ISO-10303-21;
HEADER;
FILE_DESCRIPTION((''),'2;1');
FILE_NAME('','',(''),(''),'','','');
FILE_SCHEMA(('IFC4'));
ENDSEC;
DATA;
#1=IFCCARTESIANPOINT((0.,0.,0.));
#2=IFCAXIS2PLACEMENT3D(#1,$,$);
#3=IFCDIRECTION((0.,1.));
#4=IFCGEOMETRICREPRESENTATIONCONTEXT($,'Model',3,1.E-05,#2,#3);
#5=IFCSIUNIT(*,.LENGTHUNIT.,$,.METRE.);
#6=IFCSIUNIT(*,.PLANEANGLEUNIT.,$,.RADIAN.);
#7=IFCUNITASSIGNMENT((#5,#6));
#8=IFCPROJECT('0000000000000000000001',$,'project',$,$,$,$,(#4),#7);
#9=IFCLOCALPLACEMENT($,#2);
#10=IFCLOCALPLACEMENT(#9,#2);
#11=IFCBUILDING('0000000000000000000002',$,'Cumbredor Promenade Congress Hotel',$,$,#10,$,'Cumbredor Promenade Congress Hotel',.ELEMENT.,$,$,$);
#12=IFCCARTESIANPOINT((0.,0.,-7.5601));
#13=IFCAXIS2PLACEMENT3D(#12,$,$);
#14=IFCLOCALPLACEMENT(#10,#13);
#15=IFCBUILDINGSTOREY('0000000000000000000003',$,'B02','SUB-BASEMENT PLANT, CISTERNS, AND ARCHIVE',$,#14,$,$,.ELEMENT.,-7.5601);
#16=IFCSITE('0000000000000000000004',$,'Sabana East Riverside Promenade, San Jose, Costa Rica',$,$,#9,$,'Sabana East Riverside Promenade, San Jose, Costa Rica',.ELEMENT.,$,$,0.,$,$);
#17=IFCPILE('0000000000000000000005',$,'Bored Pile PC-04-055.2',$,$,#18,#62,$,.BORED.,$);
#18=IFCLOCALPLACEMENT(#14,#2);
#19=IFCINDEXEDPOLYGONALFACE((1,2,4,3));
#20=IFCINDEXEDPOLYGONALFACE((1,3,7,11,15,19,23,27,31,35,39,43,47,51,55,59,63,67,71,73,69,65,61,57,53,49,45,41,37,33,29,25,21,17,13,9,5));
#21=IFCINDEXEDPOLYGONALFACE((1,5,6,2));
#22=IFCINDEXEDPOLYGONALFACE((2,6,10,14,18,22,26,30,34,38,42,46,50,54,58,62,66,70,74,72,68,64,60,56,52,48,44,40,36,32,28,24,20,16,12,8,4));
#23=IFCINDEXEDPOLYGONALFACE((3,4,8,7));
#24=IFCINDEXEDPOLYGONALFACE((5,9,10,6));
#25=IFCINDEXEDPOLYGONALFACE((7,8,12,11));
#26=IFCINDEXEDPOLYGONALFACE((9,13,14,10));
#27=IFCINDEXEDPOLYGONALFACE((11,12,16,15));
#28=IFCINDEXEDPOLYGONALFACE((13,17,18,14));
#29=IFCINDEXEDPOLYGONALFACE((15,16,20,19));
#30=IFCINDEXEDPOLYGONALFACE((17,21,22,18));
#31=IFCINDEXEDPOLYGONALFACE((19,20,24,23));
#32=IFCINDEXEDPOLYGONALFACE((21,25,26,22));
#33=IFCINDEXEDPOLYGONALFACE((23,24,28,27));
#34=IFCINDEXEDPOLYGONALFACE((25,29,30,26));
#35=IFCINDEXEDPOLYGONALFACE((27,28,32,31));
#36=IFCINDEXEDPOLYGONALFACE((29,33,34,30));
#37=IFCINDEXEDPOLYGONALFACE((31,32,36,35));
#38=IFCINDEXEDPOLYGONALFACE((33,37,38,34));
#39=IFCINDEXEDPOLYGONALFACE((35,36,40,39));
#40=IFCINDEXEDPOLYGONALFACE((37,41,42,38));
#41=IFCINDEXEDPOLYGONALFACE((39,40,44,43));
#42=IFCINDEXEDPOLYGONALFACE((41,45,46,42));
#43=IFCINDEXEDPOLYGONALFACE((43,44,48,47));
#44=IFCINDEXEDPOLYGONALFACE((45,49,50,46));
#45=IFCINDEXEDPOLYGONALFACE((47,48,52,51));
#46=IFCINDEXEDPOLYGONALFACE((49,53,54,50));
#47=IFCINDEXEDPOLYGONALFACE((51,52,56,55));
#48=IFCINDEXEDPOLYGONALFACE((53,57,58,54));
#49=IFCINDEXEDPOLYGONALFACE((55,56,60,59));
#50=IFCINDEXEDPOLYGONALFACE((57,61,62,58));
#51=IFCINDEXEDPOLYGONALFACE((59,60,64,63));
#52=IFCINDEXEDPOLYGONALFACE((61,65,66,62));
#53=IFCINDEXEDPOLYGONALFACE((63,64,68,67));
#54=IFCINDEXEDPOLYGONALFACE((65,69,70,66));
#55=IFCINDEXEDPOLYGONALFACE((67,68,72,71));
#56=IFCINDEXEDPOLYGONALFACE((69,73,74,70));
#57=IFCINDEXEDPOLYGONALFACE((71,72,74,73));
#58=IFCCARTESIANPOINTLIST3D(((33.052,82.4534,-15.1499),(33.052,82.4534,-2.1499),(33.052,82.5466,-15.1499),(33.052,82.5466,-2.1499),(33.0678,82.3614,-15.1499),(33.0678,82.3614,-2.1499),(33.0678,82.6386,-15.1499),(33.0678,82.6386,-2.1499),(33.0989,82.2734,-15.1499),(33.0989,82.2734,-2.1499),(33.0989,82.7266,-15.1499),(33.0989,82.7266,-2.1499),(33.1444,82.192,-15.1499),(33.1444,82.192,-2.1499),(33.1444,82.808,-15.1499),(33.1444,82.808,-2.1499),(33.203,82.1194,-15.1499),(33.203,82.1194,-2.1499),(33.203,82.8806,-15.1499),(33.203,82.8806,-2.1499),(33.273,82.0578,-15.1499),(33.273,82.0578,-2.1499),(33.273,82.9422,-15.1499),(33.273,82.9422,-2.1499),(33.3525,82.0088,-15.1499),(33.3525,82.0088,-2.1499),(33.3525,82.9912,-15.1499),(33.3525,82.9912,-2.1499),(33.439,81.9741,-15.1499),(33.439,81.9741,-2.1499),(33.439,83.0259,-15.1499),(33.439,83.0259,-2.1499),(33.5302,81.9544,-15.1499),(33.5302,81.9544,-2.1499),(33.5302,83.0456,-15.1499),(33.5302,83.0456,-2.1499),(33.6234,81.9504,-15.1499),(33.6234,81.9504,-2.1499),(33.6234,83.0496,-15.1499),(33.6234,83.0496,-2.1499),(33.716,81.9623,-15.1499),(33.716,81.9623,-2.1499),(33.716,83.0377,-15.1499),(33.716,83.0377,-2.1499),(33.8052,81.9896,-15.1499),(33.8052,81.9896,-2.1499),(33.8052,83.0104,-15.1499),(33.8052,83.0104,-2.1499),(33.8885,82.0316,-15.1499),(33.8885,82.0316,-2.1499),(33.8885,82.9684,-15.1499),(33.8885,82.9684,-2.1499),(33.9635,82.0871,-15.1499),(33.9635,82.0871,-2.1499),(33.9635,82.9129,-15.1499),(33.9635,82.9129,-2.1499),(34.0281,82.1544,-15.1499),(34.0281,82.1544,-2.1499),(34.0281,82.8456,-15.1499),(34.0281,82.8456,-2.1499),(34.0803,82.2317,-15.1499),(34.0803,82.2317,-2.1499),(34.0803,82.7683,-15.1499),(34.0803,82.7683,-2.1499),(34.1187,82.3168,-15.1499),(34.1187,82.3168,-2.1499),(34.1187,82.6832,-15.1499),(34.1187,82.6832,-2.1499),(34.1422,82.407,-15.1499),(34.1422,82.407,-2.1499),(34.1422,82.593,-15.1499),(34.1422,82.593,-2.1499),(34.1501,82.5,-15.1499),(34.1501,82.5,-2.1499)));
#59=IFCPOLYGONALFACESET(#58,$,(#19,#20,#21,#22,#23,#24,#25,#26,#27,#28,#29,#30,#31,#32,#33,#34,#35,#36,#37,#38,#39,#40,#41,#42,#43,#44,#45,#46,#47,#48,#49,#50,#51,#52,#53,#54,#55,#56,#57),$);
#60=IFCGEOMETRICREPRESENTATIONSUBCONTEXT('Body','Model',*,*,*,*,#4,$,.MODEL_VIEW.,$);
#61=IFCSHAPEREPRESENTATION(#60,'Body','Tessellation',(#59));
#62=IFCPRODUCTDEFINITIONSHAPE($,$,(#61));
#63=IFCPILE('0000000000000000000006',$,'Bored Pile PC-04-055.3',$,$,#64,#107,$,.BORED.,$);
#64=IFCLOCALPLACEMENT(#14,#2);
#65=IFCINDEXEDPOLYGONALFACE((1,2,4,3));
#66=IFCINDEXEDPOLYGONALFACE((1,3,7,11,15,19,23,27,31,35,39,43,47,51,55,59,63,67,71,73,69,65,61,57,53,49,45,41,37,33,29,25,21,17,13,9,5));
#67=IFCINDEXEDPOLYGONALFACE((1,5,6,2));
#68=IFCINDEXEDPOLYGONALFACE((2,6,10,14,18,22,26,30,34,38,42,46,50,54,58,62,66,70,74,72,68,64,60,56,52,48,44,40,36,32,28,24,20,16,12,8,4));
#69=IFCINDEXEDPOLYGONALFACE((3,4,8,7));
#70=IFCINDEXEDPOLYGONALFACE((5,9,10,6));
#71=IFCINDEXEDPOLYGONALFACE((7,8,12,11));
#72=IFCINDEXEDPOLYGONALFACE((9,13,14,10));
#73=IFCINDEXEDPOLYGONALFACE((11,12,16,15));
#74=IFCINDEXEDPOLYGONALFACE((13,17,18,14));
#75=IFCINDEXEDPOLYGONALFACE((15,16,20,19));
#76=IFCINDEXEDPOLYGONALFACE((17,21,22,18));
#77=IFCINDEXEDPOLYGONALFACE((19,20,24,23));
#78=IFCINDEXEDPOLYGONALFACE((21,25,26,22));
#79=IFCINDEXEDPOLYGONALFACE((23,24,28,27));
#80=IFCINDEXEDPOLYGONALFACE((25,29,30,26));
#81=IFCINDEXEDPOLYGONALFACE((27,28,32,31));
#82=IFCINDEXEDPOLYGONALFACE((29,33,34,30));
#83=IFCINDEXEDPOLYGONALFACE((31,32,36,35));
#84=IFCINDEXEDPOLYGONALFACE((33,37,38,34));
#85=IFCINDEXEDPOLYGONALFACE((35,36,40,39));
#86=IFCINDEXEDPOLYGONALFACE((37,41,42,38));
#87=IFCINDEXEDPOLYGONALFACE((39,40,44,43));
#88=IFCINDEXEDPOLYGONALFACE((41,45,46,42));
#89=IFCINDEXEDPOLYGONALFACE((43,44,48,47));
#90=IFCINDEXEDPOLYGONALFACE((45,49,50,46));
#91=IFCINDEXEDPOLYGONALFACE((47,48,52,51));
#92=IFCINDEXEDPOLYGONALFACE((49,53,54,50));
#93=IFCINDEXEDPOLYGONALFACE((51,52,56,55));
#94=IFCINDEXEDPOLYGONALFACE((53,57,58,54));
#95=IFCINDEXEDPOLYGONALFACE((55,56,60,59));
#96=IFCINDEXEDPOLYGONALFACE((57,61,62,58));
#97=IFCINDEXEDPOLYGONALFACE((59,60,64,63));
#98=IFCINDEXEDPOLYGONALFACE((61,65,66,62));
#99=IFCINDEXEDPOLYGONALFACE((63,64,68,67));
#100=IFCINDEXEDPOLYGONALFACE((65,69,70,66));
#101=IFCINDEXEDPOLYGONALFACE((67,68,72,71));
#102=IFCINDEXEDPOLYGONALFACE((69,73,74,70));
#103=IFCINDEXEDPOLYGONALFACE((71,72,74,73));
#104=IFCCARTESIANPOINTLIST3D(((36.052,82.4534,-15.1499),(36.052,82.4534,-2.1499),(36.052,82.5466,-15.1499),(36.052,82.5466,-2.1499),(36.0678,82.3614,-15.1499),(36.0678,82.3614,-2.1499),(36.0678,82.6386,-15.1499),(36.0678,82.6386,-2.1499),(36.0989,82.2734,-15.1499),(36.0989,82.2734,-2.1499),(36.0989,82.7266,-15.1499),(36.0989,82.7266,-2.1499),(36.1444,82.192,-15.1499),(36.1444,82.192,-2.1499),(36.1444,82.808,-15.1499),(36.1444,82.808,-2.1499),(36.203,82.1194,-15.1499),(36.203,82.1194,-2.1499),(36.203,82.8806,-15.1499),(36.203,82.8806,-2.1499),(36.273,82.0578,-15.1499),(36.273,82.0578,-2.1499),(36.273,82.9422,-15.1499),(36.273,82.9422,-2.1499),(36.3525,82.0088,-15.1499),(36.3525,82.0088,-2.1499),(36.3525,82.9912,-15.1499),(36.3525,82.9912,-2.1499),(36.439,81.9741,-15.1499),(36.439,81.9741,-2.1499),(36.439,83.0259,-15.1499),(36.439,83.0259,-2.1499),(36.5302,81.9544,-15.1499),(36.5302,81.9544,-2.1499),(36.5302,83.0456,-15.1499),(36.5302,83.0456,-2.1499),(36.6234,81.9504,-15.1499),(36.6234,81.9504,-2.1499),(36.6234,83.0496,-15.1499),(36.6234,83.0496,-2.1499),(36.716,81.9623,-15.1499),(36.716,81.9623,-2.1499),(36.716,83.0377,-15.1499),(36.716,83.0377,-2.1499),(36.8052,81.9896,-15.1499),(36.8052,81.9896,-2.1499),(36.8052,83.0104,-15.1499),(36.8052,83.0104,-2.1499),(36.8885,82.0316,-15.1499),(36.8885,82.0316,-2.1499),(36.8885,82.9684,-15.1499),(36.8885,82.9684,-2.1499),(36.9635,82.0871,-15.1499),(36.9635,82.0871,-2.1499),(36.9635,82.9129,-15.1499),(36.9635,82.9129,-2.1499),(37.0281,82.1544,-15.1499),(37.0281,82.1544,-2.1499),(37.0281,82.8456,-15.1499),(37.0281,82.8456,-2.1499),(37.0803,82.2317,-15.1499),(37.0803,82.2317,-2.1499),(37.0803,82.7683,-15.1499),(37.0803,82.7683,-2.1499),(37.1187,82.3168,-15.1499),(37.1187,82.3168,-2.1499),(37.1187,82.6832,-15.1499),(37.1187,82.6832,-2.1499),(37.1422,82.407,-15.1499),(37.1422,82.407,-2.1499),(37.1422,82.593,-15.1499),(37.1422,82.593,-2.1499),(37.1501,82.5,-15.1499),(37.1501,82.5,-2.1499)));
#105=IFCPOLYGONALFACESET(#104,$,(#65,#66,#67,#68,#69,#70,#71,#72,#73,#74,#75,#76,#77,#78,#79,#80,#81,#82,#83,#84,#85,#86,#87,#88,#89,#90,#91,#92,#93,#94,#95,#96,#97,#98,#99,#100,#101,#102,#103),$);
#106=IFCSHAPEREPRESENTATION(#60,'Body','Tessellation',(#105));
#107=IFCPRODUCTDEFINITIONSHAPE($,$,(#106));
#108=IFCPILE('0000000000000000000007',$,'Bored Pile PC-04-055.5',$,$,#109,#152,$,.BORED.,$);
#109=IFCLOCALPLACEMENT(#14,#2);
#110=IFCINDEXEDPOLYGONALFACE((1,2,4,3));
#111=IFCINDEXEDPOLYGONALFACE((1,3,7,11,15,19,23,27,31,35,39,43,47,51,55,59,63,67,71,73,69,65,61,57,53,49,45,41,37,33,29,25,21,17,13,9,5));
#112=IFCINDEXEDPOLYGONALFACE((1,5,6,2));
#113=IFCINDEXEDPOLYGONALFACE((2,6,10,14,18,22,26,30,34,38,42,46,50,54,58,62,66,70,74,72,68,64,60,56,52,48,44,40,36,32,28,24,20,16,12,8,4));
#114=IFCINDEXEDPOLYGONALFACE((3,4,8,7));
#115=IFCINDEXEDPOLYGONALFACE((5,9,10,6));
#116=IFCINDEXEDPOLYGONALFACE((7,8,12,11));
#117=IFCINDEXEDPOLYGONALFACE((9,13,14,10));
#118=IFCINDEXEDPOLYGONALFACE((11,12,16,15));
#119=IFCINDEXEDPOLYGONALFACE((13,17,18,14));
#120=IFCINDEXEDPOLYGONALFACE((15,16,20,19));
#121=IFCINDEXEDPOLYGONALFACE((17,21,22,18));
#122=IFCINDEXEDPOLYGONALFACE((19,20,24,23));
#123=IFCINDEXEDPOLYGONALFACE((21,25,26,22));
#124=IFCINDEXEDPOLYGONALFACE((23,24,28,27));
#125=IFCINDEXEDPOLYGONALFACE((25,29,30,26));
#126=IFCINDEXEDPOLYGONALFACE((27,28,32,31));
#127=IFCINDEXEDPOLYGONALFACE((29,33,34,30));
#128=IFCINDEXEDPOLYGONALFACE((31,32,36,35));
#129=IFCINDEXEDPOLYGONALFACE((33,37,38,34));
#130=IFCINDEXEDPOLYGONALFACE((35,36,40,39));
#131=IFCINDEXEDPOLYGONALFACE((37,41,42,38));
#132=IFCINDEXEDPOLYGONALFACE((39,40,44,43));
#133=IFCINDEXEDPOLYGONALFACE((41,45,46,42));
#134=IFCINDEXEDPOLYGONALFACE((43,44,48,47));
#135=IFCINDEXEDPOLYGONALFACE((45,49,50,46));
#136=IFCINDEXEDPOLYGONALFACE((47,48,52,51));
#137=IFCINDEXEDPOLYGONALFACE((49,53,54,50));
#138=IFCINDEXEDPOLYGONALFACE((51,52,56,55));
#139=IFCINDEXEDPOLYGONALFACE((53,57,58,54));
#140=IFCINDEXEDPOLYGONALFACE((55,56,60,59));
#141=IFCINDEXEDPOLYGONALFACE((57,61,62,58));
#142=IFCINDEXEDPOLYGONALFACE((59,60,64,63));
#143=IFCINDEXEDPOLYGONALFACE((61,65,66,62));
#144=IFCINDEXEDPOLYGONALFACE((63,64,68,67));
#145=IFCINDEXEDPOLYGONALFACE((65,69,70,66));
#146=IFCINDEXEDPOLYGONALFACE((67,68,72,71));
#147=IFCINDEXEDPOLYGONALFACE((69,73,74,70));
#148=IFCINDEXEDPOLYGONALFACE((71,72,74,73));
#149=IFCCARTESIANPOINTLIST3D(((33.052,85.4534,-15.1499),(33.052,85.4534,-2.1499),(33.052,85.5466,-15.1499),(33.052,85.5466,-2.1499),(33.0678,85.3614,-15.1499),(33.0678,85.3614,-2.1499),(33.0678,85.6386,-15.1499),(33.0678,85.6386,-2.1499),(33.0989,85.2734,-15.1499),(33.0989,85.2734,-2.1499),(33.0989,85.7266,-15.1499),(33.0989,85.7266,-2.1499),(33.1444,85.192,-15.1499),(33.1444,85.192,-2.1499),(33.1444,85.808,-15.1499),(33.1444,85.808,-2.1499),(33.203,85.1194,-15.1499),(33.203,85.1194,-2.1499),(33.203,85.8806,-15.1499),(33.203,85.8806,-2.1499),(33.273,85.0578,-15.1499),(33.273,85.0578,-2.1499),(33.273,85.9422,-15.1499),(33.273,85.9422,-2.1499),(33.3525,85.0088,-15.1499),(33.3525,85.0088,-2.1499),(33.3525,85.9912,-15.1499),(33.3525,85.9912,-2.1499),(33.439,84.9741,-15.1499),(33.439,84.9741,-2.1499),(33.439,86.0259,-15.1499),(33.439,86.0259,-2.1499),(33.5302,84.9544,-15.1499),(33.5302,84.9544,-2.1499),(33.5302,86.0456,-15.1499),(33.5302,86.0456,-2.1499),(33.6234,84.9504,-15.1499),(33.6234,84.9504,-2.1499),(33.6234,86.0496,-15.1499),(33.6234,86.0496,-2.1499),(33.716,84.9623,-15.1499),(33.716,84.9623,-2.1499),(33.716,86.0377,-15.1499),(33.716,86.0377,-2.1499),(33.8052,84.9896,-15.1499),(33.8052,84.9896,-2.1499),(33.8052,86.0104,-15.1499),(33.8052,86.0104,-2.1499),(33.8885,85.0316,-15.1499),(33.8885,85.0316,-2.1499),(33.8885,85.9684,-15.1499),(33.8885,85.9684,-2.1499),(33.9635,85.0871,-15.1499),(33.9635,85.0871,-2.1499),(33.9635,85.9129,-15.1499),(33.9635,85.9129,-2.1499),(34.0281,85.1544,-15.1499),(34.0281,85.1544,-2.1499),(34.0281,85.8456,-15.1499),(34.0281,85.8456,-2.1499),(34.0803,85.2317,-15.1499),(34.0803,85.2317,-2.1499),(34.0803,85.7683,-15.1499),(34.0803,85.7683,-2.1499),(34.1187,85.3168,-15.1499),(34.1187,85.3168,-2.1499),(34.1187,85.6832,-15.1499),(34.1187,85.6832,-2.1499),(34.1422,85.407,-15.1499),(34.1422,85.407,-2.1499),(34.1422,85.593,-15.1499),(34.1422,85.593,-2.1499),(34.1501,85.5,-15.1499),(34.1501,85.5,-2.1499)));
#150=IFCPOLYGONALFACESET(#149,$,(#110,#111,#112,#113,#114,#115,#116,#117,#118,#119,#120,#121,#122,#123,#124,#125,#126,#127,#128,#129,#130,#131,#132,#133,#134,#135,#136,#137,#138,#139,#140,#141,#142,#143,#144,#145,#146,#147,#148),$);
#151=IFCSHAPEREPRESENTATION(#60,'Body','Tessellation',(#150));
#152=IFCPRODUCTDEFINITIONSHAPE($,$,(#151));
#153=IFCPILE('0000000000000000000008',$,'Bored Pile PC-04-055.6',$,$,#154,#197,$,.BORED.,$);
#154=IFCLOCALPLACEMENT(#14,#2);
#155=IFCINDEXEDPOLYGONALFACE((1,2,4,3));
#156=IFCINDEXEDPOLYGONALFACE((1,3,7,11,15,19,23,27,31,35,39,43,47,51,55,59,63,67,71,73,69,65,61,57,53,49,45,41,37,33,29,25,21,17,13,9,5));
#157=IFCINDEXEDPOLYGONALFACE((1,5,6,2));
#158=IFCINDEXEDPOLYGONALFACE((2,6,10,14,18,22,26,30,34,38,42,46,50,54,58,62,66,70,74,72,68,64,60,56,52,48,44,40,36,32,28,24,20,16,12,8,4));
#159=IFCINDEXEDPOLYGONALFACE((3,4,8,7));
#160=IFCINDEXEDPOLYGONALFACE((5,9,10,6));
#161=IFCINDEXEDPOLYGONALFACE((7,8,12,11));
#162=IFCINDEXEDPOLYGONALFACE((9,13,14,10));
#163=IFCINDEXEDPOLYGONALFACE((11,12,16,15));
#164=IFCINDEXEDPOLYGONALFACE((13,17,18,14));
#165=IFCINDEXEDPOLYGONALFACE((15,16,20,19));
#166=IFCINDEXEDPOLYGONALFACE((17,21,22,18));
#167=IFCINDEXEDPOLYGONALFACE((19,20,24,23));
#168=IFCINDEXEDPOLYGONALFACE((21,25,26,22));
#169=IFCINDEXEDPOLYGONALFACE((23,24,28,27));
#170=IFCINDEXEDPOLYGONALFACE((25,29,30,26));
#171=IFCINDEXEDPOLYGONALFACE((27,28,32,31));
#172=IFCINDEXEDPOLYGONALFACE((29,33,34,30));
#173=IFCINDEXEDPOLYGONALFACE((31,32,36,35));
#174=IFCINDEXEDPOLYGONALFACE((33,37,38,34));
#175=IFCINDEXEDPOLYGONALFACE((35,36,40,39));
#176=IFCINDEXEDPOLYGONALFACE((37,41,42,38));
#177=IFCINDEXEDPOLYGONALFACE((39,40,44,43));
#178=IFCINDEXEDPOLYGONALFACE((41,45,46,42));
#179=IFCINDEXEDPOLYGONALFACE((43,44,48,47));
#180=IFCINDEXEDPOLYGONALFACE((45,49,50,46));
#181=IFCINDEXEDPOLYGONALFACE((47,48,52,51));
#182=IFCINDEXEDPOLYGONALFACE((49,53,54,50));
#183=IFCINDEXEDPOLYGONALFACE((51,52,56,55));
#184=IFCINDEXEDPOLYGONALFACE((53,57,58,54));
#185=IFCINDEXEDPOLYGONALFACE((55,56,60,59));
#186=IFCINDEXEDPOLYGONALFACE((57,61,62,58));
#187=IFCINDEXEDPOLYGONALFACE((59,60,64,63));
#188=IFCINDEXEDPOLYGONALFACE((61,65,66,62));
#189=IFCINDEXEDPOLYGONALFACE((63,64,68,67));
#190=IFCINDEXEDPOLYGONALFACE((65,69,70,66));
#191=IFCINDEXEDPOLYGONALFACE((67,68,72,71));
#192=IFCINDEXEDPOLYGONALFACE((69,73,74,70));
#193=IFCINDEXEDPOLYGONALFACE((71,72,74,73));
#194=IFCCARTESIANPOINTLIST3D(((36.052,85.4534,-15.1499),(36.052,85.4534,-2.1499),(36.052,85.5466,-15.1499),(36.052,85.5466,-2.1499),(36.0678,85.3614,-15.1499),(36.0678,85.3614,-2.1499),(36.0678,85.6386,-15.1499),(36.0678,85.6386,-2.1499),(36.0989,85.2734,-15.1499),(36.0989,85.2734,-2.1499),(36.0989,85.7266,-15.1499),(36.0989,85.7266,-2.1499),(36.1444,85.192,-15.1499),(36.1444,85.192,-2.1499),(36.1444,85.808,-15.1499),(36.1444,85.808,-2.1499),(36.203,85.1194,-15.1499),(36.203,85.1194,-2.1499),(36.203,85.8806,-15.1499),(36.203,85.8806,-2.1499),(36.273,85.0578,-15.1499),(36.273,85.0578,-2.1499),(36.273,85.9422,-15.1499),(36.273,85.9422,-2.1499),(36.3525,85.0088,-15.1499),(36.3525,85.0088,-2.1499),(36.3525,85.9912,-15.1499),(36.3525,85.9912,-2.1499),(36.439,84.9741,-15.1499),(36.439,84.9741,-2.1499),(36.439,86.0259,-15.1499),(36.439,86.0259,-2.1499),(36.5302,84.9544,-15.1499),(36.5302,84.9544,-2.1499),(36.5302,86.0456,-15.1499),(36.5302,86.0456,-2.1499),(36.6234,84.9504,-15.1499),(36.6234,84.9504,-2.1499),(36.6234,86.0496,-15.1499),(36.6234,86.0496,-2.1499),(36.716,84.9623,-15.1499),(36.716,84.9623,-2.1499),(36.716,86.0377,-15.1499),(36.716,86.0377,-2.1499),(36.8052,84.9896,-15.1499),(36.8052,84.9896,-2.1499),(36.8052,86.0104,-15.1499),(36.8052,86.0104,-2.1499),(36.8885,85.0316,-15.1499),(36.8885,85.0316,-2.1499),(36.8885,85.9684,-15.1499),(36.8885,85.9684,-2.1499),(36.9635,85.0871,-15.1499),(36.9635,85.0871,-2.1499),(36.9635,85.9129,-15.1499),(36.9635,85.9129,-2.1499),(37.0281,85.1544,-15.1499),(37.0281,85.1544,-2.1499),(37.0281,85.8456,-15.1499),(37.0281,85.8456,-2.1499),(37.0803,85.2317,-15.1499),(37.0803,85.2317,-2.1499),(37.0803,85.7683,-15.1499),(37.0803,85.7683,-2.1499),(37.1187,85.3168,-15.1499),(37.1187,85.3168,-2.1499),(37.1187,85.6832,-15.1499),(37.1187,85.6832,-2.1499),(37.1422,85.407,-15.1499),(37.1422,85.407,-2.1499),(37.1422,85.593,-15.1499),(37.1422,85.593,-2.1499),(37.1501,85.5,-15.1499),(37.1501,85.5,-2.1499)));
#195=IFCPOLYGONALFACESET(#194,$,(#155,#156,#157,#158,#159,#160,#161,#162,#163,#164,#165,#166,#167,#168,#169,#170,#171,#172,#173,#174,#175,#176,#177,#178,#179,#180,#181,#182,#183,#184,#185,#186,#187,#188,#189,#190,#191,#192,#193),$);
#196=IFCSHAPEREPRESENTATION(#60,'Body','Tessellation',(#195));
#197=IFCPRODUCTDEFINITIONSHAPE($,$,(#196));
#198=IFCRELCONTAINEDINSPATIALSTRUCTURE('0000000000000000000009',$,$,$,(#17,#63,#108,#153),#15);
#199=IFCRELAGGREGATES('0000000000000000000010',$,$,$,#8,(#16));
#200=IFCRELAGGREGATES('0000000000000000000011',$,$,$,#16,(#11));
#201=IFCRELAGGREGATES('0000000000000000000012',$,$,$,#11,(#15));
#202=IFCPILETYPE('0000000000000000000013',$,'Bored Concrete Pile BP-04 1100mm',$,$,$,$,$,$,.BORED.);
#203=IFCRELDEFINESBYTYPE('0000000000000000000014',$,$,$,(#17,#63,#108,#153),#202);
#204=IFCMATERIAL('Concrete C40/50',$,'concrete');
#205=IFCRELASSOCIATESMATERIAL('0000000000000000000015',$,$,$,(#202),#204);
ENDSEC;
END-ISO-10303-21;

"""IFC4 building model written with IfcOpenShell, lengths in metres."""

from ifc_helpers import new_model, si_unit, direction, frame, origin, origin_2d, place, context, subcontext, project, spatial, circle, extrude, material, material_profile, profile_set, type_object, element, save


model = new_model("IFC4")

# Units and contexts
model_context = context("Model", 3, precision=1e-05, world=origin(), true_north=direction((0.0, 1.0)))
body_context = subcontext(model_context, "Body", "Model", "MODEL_VIEW")
ifc_project = project(units=[si_unit("LENGTHUNIT", "METRE"), si_unit("PLANEANGLEUNIT", "RADIAN")], contexts=[model_context])

# Site, building, storey
site_placement = place(None, origin())
site = spatial("IfcSite", under=ifc_project, at=site_placement, Name="Sabana East Riverside Promenade, San Jose, Costa Rica", LongName="Sabana East Riverside Promenade, San Jose, Costa Rica", CompositionType="ELEMENT", RefElevation=0.0)
building_placement = place(site_placement, origin())
building = spatial("IfcBuilding", under=site, at=building_placement, Name="Cumbredor Promenade Congress Hotel", LongName="Cumbredor Promenade Congress Hotel", CompositionType="ELEMENT")
storey_placement = place(building_placement, frame((0.0, 0.0, -7.5601)))
storey = spatial("IfcBuildingStorey", under=building, at=storey_placement, Name="B02", Description="SUB-BASEMENT PLANT, CISTERNS, AND ARCHIVE", CompositionType="ELEMENT", Elevation=-7.5601)

# Piles
ifc_material_1 = material(Name="Concrete C40/50", Category="concrete")
ifc_material_profile_1 = material_profile(ifc_material_1, circle(Radius=0.55, at=origin_2d()), Name="PILE D1100")
ifc_profile_set_1 = profile_set([ifc_material_profile_1], Name="Concrete C40/50")
pile_type_1 = type_object("IfcPileType", Name="Bored Concrete Pile BP-04 1100mm", PredefinedType="BORED", material=ifc_profile_set_1)
for number, where, z_axis, x_axis, name in (
    (1, (33.6001, 82.5, -2.1499), (0.0, 0.0, -1.0), (1.0, 0.0, 0.0), "Bored Pile PC-04-055.2"),
    (2, (36.6001, 82.5, -2.1499), (0.0, 0.0, -1.0), (1.0, 0.0, 0.0), "Bored Pile PC-04-055.3"),
    (3, (33.6001, 85.5, -2.1499), (0.0, 0.0, -1.0), (1.0, 0.0, 0.0), "Bored Pile PC-04-055.5"),
    (4, (36.6001, 85.5, -2.1499), (0.0, 0.0, -1.0), (1.0, 0.0, 0.0), "Bored Pile PC-04-055.6"),
):
    element("IfcPile", number, at=place(storey_placement, frame(where, z_axis=z_axis, x_axis=x_axis)), inside=storey, type_object=pile_type_1, Name=name, PredefinedType="BORED", context=body_context, shape_type="SweptSolid", body=[
        extrude(circle(Radius=0.55, at=origin_2d()), origin(), (0.0, 0.0, 1.0), 13.0),
    ])

save(model, "model.ifc")
